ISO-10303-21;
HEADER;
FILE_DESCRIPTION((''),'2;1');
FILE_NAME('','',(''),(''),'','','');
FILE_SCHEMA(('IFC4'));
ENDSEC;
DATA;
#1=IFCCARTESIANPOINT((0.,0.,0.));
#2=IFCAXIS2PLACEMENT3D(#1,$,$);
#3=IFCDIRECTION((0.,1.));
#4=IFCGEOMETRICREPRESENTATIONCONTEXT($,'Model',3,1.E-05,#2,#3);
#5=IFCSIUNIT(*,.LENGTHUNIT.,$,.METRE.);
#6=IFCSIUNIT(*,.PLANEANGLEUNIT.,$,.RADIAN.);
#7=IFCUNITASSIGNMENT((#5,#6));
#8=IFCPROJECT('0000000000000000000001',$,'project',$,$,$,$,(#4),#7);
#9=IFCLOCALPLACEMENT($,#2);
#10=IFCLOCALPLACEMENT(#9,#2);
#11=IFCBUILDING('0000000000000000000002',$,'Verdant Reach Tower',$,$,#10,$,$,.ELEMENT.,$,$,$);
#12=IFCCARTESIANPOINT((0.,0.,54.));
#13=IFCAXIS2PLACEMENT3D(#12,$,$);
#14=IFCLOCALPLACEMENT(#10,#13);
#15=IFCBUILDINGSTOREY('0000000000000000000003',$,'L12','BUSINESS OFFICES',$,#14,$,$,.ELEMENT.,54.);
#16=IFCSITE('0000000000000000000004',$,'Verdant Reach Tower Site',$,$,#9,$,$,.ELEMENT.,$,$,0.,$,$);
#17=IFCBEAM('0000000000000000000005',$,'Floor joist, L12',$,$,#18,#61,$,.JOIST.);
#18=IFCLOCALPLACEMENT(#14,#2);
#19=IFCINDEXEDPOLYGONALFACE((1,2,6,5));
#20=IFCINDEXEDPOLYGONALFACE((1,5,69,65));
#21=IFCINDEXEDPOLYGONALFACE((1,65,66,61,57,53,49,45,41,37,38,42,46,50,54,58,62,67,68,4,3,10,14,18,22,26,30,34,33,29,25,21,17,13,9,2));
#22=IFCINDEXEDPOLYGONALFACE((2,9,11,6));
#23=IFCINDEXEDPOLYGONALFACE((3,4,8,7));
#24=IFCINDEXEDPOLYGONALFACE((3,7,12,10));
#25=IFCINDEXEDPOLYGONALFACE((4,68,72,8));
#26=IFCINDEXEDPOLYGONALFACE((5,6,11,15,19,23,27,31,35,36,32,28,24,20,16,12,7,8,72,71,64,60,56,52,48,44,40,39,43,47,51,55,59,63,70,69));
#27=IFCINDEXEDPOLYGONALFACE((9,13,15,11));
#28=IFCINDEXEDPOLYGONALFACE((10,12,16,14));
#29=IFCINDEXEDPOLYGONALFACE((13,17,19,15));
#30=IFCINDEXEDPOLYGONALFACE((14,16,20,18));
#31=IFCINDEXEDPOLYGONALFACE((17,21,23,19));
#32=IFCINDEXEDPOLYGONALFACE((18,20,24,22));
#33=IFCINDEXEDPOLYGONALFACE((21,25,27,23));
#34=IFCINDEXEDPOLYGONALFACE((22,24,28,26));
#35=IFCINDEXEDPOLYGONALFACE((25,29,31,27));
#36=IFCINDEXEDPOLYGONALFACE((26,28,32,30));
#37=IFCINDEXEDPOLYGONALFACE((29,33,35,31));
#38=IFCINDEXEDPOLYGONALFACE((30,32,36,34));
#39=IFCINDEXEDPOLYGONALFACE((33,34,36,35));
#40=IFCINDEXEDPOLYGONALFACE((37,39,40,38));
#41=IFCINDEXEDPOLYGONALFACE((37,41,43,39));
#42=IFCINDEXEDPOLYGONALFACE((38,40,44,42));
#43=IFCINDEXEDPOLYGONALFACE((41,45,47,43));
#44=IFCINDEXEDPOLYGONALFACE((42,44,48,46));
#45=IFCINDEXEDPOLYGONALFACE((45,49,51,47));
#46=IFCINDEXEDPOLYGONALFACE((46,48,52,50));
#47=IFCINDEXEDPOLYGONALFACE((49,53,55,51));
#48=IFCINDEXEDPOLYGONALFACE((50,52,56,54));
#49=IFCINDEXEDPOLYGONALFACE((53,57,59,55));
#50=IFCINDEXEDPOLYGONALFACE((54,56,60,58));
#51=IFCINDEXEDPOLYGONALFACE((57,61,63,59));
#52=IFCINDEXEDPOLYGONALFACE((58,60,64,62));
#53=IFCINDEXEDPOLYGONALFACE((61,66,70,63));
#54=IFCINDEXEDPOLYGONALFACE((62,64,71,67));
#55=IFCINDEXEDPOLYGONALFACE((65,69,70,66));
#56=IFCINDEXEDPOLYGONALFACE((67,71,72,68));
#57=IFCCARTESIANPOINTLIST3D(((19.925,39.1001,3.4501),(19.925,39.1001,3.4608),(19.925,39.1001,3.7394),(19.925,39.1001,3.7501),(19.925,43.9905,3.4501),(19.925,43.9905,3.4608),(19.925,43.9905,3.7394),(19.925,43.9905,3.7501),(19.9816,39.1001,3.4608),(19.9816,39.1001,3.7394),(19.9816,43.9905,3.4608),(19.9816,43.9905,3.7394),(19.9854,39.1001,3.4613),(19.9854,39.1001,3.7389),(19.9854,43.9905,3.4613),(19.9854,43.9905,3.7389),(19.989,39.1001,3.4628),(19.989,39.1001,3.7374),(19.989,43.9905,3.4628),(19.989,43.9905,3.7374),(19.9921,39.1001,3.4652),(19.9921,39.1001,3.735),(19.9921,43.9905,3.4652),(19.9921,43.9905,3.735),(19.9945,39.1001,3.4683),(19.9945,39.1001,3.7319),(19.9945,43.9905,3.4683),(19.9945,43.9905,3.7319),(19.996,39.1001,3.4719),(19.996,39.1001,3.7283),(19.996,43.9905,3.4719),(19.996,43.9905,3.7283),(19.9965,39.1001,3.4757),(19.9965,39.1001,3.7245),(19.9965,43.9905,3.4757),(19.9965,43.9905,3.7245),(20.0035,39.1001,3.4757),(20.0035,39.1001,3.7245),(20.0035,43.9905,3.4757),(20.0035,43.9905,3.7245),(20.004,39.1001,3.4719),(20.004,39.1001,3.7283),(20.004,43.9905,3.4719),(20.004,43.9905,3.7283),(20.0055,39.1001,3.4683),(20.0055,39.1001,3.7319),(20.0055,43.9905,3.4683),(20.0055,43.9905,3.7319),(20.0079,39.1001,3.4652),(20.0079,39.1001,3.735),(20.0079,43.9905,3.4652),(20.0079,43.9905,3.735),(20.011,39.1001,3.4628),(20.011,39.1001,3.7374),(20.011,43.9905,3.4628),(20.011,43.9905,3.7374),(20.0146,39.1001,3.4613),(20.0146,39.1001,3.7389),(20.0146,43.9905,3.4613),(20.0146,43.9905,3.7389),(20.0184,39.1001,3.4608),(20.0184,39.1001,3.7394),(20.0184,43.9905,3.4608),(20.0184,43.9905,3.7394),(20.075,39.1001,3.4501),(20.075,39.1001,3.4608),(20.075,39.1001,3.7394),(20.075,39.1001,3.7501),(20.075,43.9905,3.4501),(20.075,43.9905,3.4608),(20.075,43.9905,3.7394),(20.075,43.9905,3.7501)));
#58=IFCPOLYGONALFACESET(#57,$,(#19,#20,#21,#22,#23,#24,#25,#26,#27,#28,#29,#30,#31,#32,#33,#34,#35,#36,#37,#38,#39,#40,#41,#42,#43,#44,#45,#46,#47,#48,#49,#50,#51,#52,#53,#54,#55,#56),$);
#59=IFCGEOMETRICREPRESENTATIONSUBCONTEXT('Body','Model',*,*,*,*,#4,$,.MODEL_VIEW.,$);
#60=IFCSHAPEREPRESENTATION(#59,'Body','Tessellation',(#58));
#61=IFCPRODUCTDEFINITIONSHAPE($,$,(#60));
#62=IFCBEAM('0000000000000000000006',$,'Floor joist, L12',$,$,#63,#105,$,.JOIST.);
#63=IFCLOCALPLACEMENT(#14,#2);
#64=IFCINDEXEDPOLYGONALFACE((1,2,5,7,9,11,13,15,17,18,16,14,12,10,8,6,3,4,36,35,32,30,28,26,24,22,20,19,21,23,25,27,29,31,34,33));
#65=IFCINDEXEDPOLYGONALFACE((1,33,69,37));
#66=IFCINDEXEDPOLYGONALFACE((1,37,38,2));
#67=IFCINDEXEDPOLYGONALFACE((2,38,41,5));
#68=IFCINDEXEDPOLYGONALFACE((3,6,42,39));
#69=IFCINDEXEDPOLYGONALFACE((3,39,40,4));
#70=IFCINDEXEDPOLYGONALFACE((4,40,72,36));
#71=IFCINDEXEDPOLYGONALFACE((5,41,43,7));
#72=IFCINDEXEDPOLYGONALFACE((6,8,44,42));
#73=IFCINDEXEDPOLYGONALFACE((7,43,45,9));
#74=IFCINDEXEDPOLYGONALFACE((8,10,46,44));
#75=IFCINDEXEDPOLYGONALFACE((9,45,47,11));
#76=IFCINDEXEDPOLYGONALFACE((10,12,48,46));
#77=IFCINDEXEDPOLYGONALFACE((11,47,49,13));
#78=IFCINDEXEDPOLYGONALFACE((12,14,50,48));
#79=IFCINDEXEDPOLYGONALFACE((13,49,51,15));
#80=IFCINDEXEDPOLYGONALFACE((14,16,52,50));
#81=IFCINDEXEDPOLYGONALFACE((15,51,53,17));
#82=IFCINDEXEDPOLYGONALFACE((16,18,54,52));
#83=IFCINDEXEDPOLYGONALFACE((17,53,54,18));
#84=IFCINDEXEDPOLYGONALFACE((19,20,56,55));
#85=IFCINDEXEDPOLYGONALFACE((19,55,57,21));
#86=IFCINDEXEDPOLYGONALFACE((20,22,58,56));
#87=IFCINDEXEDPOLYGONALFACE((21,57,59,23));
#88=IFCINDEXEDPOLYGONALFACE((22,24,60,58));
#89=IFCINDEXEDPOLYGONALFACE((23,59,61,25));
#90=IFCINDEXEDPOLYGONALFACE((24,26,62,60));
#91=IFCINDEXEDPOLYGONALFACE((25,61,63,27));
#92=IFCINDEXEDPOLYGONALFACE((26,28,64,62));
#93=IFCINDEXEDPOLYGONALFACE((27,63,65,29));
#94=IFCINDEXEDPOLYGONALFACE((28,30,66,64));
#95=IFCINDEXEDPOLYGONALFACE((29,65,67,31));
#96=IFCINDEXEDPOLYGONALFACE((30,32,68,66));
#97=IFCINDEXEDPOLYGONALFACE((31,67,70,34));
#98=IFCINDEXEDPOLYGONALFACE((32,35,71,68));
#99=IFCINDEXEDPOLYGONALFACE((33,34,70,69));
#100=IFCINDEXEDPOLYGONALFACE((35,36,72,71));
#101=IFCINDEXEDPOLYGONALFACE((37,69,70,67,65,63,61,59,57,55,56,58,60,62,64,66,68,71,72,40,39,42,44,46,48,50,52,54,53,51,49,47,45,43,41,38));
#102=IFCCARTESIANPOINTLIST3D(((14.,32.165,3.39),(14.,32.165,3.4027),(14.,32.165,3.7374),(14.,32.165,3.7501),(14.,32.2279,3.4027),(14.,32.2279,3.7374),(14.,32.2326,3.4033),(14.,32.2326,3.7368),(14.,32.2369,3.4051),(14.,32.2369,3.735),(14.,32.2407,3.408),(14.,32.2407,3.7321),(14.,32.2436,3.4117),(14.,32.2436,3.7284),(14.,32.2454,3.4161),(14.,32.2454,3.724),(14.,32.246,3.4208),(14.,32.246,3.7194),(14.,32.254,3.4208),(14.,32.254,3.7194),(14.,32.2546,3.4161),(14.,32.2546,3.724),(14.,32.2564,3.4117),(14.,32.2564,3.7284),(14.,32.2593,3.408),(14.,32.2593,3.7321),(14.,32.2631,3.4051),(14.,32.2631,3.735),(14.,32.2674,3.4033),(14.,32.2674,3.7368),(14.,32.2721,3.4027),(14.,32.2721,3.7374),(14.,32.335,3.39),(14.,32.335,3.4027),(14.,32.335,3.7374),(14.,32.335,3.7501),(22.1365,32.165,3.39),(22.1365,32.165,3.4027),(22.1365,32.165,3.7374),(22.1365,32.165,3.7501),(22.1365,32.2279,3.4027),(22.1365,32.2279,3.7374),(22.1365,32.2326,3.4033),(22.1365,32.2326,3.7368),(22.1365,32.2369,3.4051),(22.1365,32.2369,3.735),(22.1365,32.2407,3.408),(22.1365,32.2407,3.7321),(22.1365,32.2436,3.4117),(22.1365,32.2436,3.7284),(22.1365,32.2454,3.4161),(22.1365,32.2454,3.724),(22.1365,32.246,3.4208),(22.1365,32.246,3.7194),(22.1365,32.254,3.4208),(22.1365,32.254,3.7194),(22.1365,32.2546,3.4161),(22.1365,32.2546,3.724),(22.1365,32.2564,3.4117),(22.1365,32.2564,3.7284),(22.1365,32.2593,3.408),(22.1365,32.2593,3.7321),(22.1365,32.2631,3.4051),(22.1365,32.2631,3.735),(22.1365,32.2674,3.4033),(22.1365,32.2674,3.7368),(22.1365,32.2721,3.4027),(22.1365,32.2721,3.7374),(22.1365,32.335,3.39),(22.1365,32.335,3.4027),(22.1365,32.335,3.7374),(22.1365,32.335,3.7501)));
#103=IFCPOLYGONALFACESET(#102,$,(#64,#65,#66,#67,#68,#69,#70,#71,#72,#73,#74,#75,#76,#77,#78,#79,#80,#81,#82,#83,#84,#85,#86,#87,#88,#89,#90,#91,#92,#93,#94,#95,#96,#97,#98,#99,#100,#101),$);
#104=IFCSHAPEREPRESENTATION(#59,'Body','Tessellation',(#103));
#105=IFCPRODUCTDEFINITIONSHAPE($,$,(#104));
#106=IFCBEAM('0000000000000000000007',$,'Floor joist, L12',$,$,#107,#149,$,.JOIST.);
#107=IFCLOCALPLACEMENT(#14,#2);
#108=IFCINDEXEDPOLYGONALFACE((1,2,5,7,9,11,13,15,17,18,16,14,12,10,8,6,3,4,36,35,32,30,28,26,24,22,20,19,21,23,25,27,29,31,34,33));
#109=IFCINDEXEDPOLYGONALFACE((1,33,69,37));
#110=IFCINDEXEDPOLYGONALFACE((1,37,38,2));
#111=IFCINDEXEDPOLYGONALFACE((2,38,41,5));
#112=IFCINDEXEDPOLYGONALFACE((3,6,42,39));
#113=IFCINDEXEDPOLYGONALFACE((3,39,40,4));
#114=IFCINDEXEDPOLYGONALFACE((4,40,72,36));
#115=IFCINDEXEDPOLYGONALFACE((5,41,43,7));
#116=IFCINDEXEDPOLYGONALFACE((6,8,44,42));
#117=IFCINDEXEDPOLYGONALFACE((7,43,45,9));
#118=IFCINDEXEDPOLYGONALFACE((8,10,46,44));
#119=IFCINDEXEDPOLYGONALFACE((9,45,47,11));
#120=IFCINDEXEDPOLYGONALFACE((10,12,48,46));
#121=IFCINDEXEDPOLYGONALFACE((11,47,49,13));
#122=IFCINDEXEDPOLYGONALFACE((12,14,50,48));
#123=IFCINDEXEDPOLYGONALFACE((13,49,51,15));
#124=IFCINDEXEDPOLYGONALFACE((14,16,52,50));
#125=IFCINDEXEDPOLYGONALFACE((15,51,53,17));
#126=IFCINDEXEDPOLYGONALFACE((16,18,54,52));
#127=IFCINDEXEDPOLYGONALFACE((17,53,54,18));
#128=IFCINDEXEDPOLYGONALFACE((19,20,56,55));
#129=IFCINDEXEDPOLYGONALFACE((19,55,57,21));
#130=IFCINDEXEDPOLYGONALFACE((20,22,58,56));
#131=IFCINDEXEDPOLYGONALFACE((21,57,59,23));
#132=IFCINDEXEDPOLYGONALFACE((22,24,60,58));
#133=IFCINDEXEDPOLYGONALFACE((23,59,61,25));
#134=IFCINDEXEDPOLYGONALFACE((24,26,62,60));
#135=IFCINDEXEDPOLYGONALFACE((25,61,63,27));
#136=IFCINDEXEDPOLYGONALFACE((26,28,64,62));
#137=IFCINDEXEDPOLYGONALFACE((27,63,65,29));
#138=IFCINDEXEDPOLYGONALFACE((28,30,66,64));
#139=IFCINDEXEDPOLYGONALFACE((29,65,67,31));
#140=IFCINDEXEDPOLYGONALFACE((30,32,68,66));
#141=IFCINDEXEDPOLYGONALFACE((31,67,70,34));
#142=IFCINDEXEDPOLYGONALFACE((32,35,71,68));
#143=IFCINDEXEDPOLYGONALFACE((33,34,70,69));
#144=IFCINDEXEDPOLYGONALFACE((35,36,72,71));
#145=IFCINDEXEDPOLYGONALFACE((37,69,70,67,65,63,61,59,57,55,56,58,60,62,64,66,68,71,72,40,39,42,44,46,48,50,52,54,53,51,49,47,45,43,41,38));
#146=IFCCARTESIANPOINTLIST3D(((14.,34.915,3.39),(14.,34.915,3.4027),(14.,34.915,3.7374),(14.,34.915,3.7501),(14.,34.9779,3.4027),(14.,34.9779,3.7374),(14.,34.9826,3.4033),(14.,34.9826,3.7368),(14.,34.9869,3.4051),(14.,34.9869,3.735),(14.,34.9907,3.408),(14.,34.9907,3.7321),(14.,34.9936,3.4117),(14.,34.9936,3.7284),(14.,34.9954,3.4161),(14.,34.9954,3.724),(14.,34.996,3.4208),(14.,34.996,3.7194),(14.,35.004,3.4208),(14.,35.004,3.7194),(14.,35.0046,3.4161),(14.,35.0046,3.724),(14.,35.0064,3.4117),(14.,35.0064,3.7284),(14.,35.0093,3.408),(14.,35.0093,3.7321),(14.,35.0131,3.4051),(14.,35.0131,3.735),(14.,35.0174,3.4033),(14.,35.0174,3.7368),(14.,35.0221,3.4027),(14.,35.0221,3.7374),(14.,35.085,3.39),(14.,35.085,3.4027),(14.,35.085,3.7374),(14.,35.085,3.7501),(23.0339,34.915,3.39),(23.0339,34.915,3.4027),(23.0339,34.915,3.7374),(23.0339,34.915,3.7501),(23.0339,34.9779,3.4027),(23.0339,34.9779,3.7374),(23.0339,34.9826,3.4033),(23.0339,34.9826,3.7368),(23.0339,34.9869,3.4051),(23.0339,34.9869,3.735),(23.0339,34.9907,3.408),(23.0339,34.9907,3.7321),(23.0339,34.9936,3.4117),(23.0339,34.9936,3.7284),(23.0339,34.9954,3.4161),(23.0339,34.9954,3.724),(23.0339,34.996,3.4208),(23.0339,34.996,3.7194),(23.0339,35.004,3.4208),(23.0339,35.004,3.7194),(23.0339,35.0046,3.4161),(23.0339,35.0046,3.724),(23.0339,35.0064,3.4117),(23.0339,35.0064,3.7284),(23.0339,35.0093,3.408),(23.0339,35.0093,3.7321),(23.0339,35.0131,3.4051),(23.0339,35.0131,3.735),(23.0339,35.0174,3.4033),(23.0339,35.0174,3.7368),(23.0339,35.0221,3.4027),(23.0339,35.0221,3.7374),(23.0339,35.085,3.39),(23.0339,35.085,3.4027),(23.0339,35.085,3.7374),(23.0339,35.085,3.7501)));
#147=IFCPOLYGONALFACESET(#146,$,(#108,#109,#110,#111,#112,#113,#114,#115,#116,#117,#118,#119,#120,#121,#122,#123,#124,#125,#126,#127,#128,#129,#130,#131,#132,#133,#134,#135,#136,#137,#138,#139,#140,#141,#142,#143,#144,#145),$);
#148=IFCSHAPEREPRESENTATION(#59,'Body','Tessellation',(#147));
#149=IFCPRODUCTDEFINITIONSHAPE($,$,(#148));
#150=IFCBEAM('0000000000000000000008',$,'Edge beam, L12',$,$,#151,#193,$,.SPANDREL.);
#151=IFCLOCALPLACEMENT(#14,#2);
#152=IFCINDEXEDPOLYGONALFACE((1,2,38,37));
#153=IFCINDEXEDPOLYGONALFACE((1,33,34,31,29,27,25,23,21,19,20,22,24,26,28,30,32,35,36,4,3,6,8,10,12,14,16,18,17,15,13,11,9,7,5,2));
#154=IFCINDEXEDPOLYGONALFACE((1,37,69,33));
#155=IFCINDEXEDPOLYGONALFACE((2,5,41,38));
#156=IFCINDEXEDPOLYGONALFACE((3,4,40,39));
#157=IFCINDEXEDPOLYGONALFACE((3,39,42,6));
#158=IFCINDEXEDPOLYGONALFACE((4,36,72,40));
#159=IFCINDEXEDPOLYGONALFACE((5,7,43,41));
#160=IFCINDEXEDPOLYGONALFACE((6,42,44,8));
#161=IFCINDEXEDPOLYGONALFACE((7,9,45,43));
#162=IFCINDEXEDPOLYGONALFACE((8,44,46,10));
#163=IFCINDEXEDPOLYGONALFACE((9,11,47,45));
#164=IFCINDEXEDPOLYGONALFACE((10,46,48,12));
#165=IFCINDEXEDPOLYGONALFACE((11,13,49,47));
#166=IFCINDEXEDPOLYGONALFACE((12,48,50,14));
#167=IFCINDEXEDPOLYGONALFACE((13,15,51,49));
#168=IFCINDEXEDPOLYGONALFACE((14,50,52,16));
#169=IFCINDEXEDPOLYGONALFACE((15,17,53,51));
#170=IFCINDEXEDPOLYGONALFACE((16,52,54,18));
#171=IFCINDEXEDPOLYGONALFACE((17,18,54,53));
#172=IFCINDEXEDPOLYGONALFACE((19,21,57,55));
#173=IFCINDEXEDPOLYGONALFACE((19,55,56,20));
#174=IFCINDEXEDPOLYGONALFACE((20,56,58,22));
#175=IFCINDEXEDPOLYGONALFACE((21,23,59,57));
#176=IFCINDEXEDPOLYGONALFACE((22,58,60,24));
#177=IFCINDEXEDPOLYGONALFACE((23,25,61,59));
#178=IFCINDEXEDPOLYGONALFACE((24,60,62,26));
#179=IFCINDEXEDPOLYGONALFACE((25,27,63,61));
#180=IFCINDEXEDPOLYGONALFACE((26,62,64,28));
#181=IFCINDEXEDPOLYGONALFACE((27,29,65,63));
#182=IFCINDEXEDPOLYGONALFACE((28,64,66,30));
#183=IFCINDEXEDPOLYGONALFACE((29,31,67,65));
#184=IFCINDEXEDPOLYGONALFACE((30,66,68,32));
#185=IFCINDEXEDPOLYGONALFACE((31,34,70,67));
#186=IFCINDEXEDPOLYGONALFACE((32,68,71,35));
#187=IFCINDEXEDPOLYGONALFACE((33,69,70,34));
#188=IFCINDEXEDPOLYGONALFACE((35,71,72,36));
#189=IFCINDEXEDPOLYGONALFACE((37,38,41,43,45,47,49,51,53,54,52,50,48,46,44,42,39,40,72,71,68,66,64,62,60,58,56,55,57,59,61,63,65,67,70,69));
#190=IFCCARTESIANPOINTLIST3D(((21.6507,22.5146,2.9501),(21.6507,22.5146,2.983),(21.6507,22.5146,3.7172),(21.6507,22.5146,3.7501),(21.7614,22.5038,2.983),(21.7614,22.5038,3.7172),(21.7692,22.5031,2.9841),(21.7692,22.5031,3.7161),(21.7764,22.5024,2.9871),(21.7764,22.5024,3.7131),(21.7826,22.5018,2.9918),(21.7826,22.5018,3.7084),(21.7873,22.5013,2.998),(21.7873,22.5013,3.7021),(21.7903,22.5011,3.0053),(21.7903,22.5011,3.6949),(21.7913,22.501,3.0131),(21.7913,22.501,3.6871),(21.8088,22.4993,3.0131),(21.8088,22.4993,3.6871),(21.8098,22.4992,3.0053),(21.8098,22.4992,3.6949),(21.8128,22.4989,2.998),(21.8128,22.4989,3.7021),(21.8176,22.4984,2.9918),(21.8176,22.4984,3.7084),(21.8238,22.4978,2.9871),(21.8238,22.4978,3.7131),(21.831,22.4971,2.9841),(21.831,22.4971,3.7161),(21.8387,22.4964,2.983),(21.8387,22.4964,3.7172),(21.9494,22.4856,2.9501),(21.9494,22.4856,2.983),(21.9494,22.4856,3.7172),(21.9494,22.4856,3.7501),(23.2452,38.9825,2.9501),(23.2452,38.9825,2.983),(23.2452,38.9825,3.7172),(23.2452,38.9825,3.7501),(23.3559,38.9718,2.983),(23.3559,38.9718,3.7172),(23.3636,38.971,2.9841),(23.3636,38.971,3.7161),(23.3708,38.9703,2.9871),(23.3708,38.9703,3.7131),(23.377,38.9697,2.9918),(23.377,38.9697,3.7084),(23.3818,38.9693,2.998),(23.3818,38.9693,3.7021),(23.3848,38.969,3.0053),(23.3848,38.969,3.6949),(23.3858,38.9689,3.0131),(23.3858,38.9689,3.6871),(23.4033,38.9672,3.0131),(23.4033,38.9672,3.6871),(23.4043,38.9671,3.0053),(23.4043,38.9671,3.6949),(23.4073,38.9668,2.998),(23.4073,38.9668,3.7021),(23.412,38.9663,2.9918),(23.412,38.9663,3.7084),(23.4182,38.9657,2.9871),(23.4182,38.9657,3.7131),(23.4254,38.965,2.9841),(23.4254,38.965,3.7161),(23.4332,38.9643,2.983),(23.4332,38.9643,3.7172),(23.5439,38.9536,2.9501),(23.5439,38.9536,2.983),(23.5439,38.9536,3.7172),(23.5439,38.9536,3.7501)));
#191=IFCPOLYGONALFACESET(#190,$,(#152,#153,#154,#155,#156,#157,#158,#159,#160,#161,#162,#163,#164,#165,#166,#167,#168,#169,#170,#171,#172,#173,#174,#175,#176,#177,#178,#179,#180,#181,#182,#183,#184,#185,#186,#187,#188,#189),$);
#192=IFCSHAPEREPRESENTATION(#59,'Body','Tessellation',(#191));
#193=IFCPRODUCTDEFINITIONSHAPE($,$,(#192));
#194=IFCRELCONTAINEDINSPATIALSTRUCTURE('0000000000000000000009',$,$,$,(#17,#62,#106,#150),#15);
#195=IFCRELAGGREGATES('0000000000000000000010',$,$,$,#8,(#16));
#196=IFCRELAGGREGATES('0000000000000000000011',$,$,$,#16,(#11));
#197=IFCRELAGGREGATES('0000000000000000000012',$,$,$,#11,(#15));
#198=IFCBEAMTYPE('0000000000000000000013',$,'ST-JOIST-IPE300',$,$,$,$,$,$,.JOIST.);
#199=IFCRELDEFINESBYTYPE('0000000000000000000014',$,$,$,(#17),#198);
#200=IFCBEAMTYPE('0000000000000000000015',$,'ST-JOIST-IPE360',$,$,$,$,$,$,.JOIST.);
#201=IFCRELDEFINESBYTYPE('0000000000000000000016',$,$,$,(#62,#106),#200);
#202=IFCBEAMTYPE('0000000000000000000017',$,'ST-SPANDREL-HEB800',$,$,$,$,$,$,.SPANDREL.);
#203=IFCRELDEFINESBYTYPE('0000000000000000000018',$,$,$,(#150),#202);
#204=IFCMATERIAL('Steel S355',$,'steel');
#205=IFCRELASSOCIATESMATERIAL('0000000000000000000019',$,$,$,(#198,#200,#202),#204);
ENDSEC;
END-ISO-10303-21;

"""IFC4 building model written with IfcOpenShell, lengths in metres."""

from ifc_helpers import new_model, si_unit, direction, frame, origin, origin_2d, place, context, subcontext, project, spatial, i_section, extrude, material, material_profile, profile_set, type_object, element, save


model = new_model("IFC4")

# Units and contexts
model_context = context("Model", 3, precision=1e-05, world=origin(), true_north=direction((0.0, 1.0)))
body_context = subcontext(model_context, "Body", "Model", "MODEL_VIEW")
ifc_project = project(units=[si_unit("LENGTHUNIT", "METRE"), si_unit("PLANEANGLEUNIT", "RADIAN")], contexts=[model_context])

# Site, building, storey
site_placement = place(None, origin())
site = spatial("IfcSite", under=ifc_project, at=site_placement, Name="Verdant Reach Tower Site", CompositionType="ELEMENT", RefElevation=0.0)
building_placement = place(site_placement, origin())
building = spatial("IfcBuilding", under=site, at=building_placement, Name="Verdant Reach Tower", CompositionType="ELEMENT")
storey_placement = place(building_placement, frame((0.0, 0.0, 54.0)))
storey = spatial("IfcBuildingStorey", under=building, at=storey_placement, Name="L12", Description="BUSINESS OFFICES", CompositionType="ELEMENT", Elevation=54.0)

# Beams
ifc_material_1 = material(Name="Steel S355", Category="steel")
ifc_material_profile_1 = material_profile(ifc_material_1, i_section(OverallWidth=0.1499, OverallDepth=0.3, WebThickness=0.0071, FlangeThickness=0.0107, FilletRadius=0.0149, at=origin_2d()), Name="IPE 300")
ifc_profile_set_1 = profile_set([ifc_material_profile_1], Name="Steel S355")
beam_type_1 = type_object("IfcBeamType", Name="ST-JOIST-IPE300", PredefinedType="JOIST", material=ifc_profile_set_1)
beam_1_placement = place(storey_placement, frame((20.0, 39.1001, 3.6001), z_axis=(0.0, 1.0, 0.0), x_axis=(-1.0, 0.0, 0.0)))
element("IfcBeam", 1, at=beam_1_placement, inside=storey, type_object=beam_type_1, Name="Floor joist, L12", PredefinedType="JOIST", context=body_context, shape_type="SweptSolid", body=[
    extrude(i_section(OverallWidth=0.1499, OverallDepth=0.3, WebThickness=0.0071, FlangeThickness=0.0107, FilletRadius=0.0149, at=origin_2d()), origin(), (0.0, 0.0, 1.0), 4.8904),
])
ifc_material_profile_2 = material_profile(ifc_material_1, i_section(OverallWidth=0.1699, OverallDepth=0.3601, WebThickness=0.0081, FlangeThickness=0.0127, FilletRadius=0.0181, at=origin_2d()), Name="IPE 360")
ifc_profile_set_2 = profile_set([ifc_material_profile_2], Name="Steel S355")
beam_type_2 = type_object("IfcBeamType", Name="ST-JOIST-IPE360", PredefinedType="JOIST", material=ifc_profile_set_2)
beam_2_placement = place(storey_placement, frame((14.0, 32.25, 3.5701), z_axis=(1.0, 0.0, 0.0), x_axis=(0.0, 1.0, 0.0)))
element("IfcBeam", 2, at=beam_2_placement, inside=storey, type_object=beam_type_2, Name="Floor joist, L12", PredefinedType="JOIST", context=body_context, shape_type="SweptSolid", body=[
    extrude(i_section(OverallWidth=0.1699, OverallDepth=0.3601, WebThickness=0.0081, FlangeThickness=0.0127, FilletRadius=0.0181, at=origin_2d()), origin(), (0.0, 0.0, 1.0), 8.1365),
])
beam_3_placement = place(storey_placement, frame((14.0, 35.0, 3.5701), z_axis=(1.0, 0.0, 0.0), x_axis=(0.0, 1.0, 0.0)))
element("IfcBeam", 3, at=beam_3_placement, inside=storey, type_object=beam_type_2, Name="Floor joist, L12", PredefinedType="JOIST", context=body_context, shape_type="SweptSolid", body=[
    extrude(i_section(OverallWidth=0.1699, OverallDepth=0.3601, WebThickness=0.0081, FlangeThickness=0.0127, FilletRadius=0.0181, at=origin_2d()), origin(), (0.0, 0.0, 1.0), 9.0339),
])
ifc_material_profile_3 = material_profile(ifc_material_1, i_section(OverallWidth=0.3, OverallDepth=0.8, WebThickness=0.0176, FlangeThickness=0.033, FilletRadius=0.03, at=origin_2d()), Name="HEB 800")
ifc_profile_set_3 = profile_set([ifc_material_profile_3], Name="Steel S355")
beam_type_3 = type_object("IfcBeamType", Name="ST-SPANDREL-HEB800", PredefinedType="SPANDREL", material=ifc_profile_set_3)
for number, where, z_axis, x_axis, name in (
    (4, (23.3945, 38.968, 3.3501), (-0.096372, -0.995345, 0.0), (0.995345, -0.096372, 0.0), "Edge beam, L12"),
):
    element("IfcBeam", number, at=place(storey_placement, frame(where, z_axis=z_axis, x_axis=x_axis)), inside=storey, type_object=beam_type_3, Name=name, PredefinedType="SPANDREL", context=body_context, shape_type="SweptSolid", body=[
        extrude(i_section(OverallWidth=0.3, OverallDepth=0.8, WebThickness=0.0176, FlangeThickness=0.033, FilletRadius=0.03, at=origin_2d()), origin(), (0.0, 0.0, 1.0), 16.5449),
    ])

save(model, "model.ifc")
